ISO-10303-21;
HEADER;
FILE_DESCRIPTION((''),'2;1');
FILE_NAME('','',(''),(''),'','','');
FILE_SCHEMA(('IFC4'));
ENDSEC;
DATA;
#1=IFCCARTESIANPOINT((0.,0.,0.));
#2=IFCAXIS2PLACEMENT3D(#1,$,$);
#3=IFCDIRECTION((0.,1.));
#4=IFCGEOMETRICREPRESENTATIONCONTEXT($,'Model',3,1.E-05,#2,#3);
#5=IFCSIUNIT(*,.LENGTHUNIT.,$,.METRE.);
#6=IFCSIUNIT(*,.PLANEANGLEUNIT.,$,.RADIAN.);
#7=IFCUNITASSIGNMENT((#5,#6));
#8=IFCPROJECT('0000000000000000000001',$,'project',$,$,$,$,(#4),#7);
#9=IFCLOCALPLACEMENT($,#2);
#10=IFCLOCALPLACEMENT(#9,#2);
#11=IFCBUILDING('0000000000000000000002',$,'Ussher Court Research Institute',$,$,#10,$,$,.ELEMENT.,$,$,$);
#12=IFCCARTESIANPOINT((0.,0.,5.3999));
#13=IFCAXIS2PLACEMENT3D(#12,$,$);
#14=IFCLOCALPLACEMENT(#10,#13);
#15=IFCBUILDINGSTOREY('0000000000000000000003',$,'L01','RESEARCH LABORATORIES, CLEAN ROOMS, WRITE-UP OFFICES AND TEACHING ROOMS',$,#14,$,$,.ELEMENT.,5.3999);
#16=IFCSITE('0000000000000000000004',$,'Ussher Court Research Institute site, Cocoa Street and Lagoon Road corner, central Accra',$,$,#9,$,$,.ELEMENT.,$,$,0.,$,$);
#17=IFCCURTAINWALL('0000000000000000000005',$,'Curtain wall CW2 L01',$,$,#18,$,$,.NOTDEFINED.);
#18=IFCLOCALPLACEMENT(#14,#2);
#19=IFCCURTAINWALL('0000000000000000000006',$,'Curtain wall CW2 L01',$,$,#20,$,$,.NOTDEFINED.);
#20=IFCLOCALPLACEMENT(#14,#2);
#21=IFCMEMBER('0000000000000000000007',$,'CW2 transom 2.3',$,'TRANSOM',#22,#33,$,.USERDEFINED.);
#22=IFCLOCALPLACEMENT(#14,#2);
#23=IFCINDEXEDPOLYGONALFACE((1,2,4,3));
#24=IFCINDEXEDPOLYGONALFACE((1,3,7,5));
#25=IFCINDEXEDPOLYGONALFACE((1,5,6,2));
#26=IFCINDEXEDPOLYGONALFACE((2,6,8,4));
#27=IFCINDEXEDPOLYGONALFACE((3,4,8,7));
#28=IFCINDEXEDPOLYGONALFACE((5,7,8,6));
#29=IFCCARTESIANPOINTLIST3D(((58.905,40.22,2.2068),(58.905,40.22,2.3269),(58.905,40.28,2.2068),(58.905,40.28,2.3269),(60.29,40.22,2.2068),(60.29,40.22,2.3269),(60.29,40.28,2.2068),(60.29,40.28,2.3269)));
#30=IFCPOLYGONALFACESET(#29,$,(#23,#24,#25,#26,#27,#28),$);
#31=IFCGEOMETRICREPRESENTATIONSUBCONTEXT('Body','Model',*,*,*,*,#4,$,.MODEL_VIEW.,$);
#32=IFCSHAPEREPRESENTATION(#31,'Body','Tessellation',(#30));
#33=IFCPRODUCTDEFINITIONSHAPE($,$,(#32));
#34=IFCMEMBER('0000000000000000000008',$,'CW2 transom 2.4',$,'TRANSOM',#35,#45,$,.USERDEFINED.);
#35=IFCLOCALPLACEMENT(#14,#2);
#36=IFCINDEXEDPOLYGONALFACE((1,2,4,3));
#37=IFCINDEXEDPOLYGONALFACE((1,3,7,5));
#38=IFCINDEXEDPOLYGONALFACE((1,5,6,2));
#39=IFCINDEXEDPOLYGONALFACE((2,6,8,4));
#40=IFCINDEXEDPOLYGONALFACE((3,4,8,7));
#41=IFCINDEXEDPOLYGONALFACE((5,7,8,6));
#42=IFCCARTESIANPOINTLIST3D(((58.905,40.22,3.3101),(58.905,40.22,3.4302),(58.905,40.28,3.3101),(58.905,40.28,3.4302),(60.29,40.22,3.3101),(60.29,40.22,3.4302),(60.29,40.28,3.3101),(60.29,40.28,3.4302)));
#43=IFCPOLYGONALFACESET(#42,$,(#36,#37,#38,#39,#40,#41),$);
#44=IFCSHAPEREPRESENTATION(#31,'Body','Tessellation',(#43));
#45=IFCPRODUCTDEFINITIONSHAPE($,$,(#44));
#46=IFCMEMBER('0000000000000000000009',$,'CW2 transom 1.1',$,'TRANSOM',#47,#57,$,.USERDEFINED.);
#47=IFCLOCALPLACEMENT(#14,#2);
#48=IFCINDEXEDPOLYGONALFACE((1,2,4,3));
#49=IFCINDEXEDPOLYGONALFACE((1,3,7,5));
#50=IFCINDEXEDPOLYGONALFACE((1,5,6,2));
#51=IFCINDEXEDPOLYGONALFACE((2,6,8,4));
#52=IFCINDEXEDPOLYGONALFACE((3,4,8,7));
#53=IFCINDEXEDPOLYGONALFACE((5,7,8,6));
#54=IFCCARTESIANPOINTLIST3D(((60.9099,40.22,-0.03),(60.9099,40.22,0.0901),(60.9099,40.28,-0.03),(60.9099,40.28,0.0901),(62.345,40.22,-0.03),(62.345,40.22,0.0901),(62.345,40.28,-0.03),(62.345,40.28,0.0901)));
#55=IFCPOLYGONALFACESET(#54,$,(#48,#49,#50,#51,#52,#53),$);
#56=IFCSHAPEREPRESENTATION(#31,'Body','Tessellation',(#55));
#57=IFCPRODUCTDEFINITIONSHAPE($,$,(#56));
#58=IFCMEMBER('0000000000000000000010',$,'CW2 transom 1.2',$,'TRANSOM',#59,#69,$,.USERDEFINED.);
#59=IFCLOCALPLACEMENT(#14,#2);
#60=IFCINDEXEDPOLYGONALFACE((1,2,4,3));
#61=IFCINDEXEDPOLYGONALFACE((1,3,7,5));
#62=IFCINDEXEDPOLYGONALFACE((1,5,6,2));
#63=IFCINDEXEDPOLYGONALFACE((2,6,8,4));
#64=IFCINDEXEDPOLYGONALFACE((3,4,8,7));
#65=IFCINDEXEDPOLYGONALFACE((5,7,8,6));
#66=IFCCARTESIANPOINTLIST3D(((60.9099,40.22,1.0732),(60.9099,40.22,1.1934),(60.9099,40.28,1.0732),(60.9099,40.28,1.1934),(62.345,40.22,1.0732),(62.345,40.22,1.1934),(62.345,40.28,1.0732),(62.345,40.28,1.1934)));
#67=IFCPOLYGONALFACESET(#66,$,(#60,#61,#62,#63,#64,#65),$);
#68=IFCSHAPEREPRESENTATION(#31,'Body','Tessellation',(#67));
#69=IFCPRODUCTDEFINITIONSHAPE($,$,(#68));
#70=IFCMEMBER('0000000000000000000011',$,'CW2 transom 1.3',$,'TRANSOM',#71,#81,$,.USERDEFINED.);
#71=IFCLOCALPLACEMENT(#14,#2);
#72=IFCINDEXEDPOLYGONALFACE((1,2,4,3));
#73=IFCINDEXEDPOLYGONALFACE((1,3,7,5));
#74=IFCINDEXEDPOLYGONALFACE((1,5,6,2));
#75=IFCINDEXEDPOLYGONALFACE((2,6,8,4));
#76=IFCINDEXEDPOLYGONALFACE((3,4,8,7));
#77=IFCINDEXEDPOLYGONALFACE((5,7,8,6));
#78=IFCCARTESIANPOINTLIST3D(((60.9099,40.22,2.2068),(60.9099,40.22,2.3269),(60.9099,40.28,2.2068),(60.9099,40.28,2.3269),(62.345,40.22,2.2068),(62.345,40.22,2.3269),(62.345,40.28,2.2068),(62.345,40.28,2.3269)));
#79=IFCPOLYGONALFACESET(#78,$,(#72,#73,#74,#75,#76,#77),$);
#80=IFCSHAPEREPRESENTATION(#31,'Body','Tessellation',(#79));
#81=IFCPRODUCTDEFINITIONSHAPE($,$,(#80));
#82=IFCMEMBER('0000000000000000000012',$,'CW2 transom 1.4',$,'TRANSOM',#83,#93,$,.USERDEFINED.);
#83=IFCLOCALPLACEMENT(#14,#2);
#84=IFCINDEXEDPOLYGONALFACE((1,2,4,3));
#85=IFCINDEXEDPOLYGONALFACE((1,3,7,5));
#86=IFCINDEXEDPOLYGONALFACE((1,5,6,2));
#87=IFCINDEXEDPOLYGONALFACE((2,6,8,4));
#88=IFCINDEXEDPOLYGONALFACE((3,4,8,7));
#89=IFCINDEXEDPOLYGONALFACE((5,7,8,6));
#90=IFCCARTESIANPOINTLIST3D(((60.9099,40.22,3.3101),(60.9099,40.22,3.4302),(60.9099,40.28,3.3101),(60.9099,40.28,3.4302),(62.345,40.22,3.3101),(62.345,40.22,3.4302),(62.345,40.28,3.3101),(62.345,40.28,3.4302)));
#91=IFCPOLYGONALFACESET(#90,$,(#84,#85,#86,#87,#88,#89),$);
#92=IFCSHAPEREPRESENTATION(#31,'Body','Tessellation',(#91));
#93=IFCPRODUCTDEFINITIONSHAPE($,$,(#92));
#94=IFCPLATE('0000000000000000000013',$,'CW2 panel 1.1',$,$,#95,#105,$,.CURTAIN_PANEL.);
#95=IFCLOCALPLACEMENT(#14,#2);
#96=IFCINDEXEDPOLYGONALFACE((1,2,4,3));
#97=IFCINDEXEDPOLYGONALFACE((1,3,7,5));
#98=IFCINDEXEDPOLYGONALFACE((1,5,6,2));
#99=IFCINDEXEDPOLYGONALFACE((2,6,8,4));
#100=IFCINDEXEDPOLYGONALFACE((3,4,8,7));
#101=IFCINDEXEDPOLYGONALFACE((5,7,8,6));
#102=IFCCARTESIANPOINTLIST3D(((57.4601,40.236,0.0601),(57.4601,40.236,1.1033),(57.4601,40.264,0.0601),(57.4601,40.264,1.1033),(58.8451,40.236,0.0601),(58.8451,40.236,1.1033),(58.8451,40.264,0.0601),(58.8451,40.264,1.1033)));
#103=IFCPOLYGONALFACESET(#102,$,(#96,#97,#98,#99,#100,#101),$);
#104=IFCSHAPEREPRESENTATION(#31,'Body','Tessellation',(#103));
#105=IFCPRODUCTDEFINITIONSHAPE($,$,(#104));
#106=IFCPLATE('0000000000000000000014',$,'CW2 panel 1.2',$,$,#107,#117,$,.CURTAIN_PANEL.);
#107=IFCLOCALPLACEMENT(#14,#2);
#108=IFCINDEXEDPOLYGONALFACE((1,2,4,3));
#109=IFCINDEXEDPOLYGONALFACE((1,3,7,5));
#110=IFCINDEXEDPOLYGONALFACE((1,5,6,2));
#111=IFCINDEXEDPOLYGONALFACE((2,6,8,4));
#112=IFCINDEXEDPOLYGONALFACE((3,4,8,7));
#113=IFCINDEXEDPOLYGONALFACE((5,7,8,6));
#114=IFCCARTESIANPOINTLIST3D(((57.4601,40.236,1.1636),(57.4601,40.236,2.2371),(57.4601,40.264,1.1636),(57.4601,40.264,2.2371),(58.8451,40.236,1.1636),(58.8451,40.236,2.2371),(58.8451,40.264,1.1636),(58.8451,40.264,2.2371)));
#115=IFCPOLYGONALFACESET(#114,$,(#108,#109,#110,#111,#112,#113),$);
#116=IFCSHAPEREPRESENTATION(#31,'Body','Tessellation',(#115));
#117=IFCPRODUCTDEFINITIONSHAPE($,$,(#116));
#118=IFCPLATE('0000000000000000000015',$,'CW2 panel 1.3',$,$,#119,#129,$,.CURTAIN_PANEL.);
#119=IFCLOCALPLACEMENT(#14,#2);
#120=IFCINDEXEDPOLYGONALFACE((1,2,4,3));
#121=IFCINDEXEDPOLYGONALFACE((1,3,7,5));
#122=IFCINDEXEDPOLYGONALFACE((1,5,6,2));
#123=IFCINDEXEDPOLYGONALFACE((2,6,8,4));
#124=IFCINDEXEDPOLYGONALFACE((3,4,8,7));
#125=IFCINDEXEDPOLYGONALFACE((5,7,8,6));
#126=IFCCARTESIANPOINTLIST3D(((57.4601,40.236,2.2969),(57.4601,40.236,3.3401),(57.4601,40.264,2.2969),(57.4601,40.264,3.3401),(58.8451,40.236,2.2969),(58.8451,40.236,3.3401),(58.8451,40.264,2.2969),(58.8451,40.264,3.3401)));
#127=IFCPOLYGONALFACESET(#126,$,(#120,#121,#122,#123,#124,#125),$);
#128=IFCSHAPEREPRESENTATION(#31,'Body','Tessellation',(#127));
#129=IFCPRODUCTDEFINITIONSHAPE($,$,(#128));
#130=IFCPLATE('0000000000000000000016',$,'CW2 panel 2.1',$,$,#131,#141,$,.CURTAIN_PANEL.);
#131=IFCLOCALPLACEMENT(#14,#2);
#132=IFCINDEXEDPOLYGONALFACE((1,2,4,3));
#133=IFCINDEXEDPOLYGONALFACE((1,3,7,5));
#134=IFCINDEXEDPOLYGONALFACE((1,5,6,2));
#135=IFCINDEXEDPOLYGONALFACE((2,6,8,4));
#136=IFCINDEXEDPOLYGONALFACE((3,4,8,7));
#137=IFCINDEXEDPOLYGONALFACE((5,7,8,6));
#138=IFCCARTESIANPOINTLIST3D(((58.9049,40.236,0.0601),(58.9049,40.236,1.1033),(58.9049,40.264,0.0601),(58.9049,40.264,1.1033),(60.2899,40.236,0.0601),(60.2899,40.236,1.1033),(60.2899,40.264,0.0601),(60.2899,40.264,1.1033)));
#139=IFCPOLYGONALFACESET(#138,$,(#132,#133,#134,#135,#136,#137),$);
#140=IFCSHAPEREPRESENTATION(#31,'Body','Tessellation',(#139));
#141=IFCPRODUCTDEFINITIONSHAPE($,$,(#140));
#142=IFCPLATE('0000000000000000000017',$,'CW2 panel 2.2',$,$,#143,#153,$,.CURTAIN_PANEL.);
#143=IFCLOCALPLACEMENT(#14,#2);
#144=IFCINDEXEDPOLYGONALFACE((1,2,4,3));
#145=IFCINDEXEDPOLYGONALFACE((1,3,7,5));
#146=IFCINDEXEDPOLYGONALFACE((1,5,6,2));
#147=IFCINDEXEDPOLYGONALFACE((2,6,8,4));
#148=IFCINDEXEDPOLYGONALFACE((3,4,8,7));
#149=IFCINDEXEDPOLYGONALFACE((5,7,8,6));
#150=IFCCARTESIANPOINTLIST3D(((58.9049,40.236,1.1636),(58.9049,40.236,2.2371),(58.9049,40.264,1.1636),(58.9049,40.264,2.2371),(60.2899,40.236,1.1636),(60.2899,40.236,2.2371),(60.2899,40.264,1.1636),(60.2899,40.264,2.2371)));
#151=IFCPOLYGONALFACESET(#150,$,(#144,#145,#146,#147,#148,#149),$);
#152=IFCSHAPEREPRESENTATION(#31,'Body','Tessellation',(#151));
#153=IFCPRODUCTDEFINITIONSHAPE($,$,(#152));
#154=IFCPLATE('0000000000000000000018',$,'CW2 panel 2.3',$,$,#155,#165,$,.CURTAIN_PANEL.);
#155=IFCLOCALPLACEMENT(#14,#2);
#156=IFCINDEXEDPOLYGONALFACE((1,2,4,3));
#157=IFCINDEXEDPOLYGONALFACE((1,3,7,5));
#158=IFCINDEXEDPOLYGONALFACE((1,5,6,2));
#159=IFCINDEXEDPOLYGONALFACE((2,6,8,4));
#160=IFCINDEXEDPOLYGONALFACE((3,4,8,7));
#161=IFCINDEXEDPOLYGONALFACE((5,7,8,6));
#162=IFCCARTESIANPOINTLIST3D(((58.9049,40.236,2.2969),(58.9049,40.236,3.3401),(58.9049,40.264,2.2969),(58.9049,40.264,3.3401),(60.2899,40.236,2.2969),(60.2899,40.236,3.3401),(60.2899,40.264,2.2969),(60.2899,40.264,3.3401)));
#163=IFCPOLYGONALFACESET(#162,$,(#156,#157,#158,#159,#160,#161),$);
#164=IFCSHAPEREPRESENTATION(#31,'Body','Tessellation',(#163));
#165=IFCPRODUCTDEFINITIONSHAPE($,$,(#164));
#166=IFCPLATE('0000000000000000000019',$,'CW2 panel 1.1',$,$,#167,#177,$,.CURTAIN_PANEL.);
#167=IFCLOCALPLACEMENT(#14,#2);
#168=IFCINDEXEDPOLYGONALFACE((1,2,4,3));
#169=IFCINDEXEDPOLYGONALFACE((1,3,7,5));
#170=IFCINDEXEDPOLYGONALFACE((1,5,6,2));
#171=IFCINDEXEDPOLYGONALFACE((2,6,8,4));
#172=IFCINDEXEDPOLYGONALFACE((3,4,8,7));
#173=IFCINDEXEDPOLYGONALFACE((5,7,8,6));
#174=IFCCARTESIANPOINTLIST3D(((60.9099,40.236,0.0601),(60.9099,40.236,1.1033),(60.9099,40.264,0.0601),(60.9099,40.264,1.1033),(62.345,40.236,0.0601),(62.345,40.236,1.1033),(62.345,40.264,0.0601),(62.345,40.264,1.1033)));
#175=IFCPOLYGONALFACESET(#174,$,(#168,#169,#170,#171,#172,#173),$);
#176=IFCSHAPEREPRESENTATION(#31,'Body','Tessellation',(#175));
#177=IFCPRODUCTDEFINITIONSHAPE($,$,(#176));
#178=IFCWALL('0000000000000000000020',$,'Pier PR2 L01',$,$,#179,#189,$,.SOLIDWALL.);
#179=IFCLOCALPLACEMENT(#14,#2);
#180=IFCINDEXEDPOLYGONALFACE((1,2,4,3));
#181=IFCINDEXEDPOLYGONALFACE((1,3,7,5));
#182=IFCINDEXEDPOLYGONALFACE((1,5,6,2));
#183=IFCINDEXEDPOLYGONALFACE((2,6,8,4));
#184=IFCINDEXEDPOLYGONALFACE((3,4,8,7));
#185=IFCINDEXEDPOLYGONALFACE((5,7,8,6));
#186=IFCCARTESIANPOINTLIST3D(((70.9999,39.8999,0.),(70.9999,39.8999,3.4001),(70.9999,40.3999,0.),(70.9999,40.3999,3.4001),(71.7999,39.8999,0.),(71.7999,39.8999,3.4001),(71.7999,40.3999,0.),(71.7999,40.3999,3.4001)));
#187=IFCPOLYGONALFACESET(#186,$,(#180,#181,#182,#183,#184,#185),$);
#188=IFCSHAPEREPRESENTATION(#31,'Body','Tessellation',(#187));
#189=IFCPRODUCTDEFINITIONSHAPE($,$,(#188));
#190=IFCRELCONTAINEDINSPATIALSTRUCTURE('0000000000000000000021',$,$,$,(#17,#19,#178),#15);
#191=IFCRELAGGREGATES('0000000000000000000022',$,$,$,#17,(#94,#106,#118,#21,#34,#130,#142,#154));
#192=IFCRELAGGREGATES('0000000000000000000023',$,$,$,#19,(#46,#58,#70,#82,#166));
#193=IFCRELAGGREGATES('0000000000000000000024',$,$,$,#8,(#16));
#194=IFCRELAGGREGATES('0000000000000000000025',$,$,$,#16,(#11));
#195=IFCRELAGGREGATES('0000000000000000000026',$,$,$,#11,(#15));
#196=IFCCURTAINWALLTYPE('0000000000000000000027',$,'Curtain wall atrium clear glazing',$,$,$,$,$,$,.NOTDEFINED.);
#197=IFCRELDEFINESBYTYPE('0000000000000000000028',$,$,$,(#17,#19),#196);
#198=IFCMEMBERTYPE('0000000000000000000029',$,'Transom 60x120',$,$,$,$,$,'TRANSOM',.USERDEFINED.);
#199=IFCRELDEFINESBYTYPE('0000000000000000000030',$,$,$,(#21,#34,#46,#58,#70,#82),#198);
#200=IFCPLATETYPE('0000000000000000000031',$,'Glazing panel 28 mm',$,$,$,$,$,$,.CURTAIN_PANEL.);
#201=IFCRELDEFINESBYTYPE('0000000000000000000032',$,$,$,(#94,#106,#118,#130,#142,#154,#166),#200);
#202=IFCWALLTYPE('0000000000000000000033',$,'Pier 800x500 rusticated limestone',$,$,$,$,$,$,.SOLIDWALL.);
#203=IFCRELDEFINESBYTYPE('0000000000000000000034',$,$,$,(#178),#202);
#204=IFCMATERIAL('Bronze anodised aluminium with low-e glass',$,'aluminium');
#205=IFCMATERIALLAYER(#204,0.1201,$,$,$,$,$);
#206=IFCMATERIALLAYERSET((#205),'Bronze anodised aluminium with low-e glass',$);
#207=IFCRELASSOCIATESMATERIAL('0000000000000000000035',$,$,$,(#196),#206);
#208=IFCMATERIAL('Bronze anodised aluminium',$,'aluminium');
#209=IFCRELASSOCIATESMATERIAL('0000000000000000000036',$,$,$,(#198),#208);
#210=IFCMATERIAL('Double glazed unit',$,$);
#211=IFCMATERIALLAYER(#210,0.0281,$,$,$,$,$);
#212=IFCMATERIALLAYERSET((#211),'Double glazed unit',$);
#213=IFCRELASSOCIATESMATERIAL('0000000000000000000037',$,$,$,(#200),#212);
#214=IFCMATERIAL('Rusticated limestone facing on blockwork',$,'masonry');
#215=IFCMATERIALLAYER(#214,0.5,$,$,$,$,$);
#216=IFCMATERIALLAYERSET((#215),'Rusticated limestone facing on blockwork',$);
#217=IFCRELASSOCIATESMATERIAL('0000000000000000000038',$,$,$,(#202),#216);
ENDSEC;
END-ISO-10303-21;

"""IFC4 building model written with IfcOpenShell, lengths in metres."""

from ifc_helpers import new_model, si_unit, direction, frame, frame_2d, origin, origin_2d, place, context, subcontext, project, spatial, rectangle, extrude, material, layer, layer_set, material_profile, profile_set, type_object, element, aggregate, save


model = new_model("IFC4")

# Units and contexts
model_context = context("Model", 3, precision=1e-05, world=origin(), true_north=direction((0.0, 1.0)))
body_context = subcontext(model_context, "Body", "Model", "MODEL_VIEW")
ifc_project = project(units=[si_unit("LENGTHUNIT", "METRE"), si_unit("PLANEANGLEUNIT", "RADIAN")], contexts=[model_context])

# Site, building, storey
site_placement = place(None, origin())
site = spatial("IfcSite", under=ifc_project, at=site_placement, Name="Ussher Court Research Institute site, Cocoa Street and Lagoon Road corner, central Accra", CompositionType="ELEMENT", RefElevation=0.0)
building_placement = place(site_placement, origin())
building = spatial("IfcBuilding", under=site, at=building_placement, Name="Ussher Court Research Institute", CompositionType="ELEMENT")
storey_placement = place(building_placement, frame((0.0, 0.0, 5.3999)))
storey = spatial("IfcBuildingStorey", under=building, at=storey_placement, Name="L01", Description="RESEARCH LABORATORIES, CLEAN ROOMS, WRITE-UP OFFICES AND TEACHING ROOMS", CompositionType="ELEMENT", Elevation=5.3999)

# Curtain wall
ifc_material_1 = material(Name="Bronze anodised aluminium with low-e glass", Category="aluminium")
ifc_layer_1 = layer(ifc_material_1, 0.1201)
ifc_layer_set_1 = layer_set([ifc_layer_1], Name="Bronze anodised aluminium with low-e glass")
curtain_wall_type = type_object("IfcCurtainWallType", Name="Curtain wall atrium clear glazing", PredefinedType="NOTDEFINED", material=ifc_layer_set_1)
curtain_wall_1_placement = place(storey_placement, origin())
curtain_wall_1 = element("IfcCurtainWall", 1, at=curtain_wall_1_placement, inside=storey, type_object=curtain_wall_type, Name="Curtain wall CW2 L01", PredefinedType="NOTDEFINED")

# Curtain wall
curtain_wall_2_placement = place(storey_placement, origin())
curtain_wall_2 = element("IfcCurtainWall", 2, at=curtain_wall_2_placement, inside=storey, type_object=curtain_wall_type, Name="Curtain wall CW2 L01", PredefinedType="NOTDEFINED")

# Members
ifc_material_2 = material(Name="Bronze anodised aluminium", Category="aluminium")
ifc_material_profile_1 = material_profile(ifc_material_2, rectangle(XDim=0.0601, YDim=0.1201, at=origin_2d()), Name="Transom 60x120")
ifc_profile_set_1 = profile_set([ifc_material_profile_1], Name="Bronze anodised aluminium")
member_type_1 = type_object("IfcMemberType", Name="Transom 60x120", ElementType="TRANSOM", PredefinedType="USERDEFINED", material=ifc_profile_set_1)
member_1_placement = place(storey_placement, frame((58.905, 40.25, 2.2668), z_axis=(1.0, 0.0, 0.0), x_axis=(0.0, 1.0, 0.0)))
member_1 = element("IfcMember", 3, at=member_1_placement, type_object=member_type_1, Name="CW2 transom 2.3", ObjectType="TRANSOM", PredefinedType="USERDEFINED", context=body_context, shape_type="SweptSolid", body=[
    extrude(rectangle(XDim=0.0601, YDim=0.1201, at=origin_2d()), origin(), (0.0, 0.0, 1.0), 1.385),
])
member_2_placement = place(storey_placement, frame((58.905, 40.25, 3.3701), z_axis=(1.0, 0.0, 0.0), x_axis=(0.0, 1.0, 0.0)))
member_2 = element("IfcMember", 4, at=member_2_placement, type_object=member_type_1, Name="CW2 transom 2.4", ObjectType="TRANSOM", PredefinedType="USERDEFINED", context=body_context, shape_type="SweptSolid", body=[
    extrude(rectangle(XDim=0.0601, YDim=0.1201, at=origin_2d()), origin(), (0.0, 0.0, 1.0), 1.385),
])
member_3_placement = place(storey_placement, frame((60.9099, 40.25, 0.03), z_axis=(1.0, 0.0, 0.0), x_axis=(0.0, 1.0, 0.0)))
member_3 = element("IfcMember", 5, at=member_3_placement, type_object=member_type_1, Name="CW2 transom 1.1", ObjectType="TRANSOM", PredefinedType="USERDEFINED", context=body_context, shape_type="SweptSolid", body=[
    extrude(rectangle(XDim=0.0601, YDim=0.1201, at=origin_2d()), origin(), (0.0, 0.0, 1.0), 1.4351),
])
member_4_placement = place(storey_placement, frame((60.9099, 40.25, 1.1333), z_axis=(1.0, 0.0, 0.0), x_axis=(0.0, 1.0, 0.0)))
member_4 = element("IfcMember", 6, at=member_4_placement, type_object=member_type_1, Name="CW2 transom 1.2", ObjectType="TRANSOM", PredefinedType="USERDEFINED", context=body_context, shape_type="SweptSolid", body=[
    extrude(rectangle(XDim=0.0601, YDim=0.1201, at=origin_2d()), origin(), (0.0, 0.0, 1.0), 1.4351),
])
member_5_placement = place(storey_placement, frame((60.9099, 40.25, 2.2668), z_axis=(1.0, 0.0, 0.0), x_axis=(0.0, 1.0, 0.0)))
member_5 = element("IfcMember", 7, at=member_5_placement, type_object=member_type_1, Name="CW2 transom 1.3", ObjectType="TRANSOM", PredefinedType="USERDEFINED", context=body_context, shape_type="SweptSolid", body=[
    extrude(rectangle(XDim=0.0601, YDim=0.1201, at=origin_2d()), origin(), (0.0, 0.0, 1.0), 1.4351),
])
member_6_placement = place(storey_placement, frame((60.9099, 40.25, 3.3701), z_axis=(1.0, 0.0, 0.0), x_axis=(0.0, 1.0, 0.0)))
member_6 = element("IfcMember", 8, at=member_6_placement, type_object=member_type_1, Name="CW2 transom 1.4", ObjectType="TRANSOM", PredefinedType="USERDEFINED", context=body_context, shape_type="SweptSolid", body=[
    extrude(rectangle(XDim=0.0601, YDim=0.1201, at=origin_2d()), origin(), (0.0, 0.0, 1.0), 1.4351),
])

# Plates
ifc_material_3 = material(Name="Double glazed unit")
ifc_layer_2 = layer(ifc_material_3, 0.0281)
ifc_layer_set_2 = layer_set([ifc_layer_2], Name="Double glazed unit")
plate_type = type_object("IfcPlateType", Name="Glazing panel 28 mm", PredefinedType="CURTAIN_PANEL", material=ifc_layer_set_2)
plate_1_placement = place(storey_placement, frame((58.1526, 40.25, 0.0601), z_axis=(0.0, 0.0, 1.0), x_axis=(1.0, 0.0, 0.0)))
plate_1 = element("IfcPlate", 9, at=plate_1_placement, type_object=plate_type, Name="CW2 panel 1.1", PredefinedType="CURTAIN_PANEL", context=body_context, shape_type="SweptSolid", body=[
    extrude(rectangle(XDim=1.385, YDim=0.0281, at=origin_2d()), origin(), (0.0, 0.0, 1.0), 1.0432),
])
plate_2_placement = place(storey_placement, frame((58.1526, 40.25, 1.1636), z_axis=(0.0, 0.0, 1.0), x_axis=(1.0, 0.0, 0.0)))
plate_2 = element("IfcPlate", 10, at=plate_2_placement, type_object=plate_type, Name="CW2 panel 1.2", PredefinedType="CURTAIN_PANEL", context=body_context, shape_type="SweptSolid", body=[
    extrude(rectangle(XDim=1.385, YDim=0.0281, at=origin_2d()), origin(), (0.0, 0.0, 1.0), 1.0735),
])
plate_3_placement = place(storey_placement, frame((58.1526, 40.25, 2.2969), z_axis=(0.0, 0.0, 1.0), x_axis=(1.0, 0.0, 0.0)))
plate_3 = element("IfcPlate", 11, at=plate_3_placement, type_object=plate_type, Name="CW2 panel 1.3", PredefinedType="CURTAIN_PANEL", context=body_context, shape_type="SweptSolid", body=[
    extrude(rectangle(XDim=1.385, YDim=0.0281, at=origin_2d()), origin(), (0.0, 0.0, 1.0), 1.0432),
])
plate_4_placement = place(storey_placement, frame((59.5974, 40.25, 0.0601), z_axis=(0.0, 0.0, 1.0), x_axis=(1.0, 0.0, 0.0)))
plate_4 = element("IfcPlate", 12, at=plate_4_placement, type_object=plate_type, Name="CW2 panel 2.1", PredefinedType="CURTAIN_PANEL", context=body_context, shape_type="SweptSolid", body=[
    extrude(rectangle(XDim=1.385, YDim=0.0281, at=origin_2d()), origin(), (0.0, 0.0, 1.0), 1.0432),
])
plate_5_placement = place(storey_placement, frame((59.5974, 40.25, 1.1636), z_axis=(0.0, 0.0, 1.0), x_axis=(1.0, 0.0, 0.0)))
plate_5 = element("IfcPlate", 13, at=plate_5_placement, type_object=plate_type, Name="CW2 panel 2.2", PredefinedType="CURTAIN_PANEL", context=body_context, shape_type="SweptSolid", body=[
    extrude(rectangle(XDim=1.385, YDim=0.0281, at=origin_2d()), origin(), (0.0, 0.0, 1.0), 1.0735),
])
plate_6_placement = place(storey_placement, frame((59.5974, 40.25, 2.2969), z_axis=(0.0, 0.0, 1.0), x_axis=(1.0, 0.0, 0.0)))
plate_6 = element("IfcPlate", 14, at=plate_6_placement, type_object=plate_type, Name="CW2 panel 2.3", PredefinedType="CURTAIN_PANEL", context=body_context, shape_type="SweptSolid", body=[
    extrude(rectangle(XDim=1.385, YDim=0.0281, at=origin_2d()), origin(), (0.0, 0.0, 1.0), 1.0432),
])
aggregate(curtain_wall_1, [plate_1, plate_2, plate_3, member_1, member_2, plate_4, plate_5, plate_6])
plate_7_placement = place(storey_placement, frame((61.6274, 40.25, 0.0601), z_axis=(0.0, 0.0, 1.0), x_axis=(1.0, 0.0, 0.0)))
plate_7 = element("IfcPlate", 15, at=plate_7_placement, type_object=plate_type, Name="CW2 panel 1.1", PredefinedType="CURTAIN_PANEL", context=body_context, shape_type="SweptSolid", body=[
    extrude(rectangle(XDim=1.4351, YDim=0.0281, at=origin_2d()), origin(), (0.0, 0.0, 1.0), 1.0432),
])
aggregate(curtain_wall_2, [member_3, member_4, member_5, member_6, plate_7])

# Wall
ifc_material_4 = material(Name="Rusticated limestone facing on blockwork", Category="masonry")
ifc_layer_3 = layer(ifc_material_4, 0.5)
ifc_layer_set_3 = layer_set([ifc_layer_3], Name="Rusticated limestone facing on blockwork")
wall_type = type_object("IfcWallType", Name="Pier 800x500 rusticated limestone", PredefinedType="SOLIDWALL", material=ifc_layer_set_3)
wall_placement = place(storey_placement, frame((71.0, 40.1499, 0.0), z_axis=(0.0, 0.0, 1.0), x_axis=(1.0, 0.0, 0.0)))
element("IfcWall", 16, at=wall_placement, inside=storey, type_object=wall_type, Name="Pier PR2 L01", PredefinedType="SOLIDWALL", context=body_context, shape_type="SweptSolid", body=[
    extrude(rectangle(XDim=0.8, YDim=0.5, at=frame_2d((0.3999, 0.0))), origin(), (0.0, 0.0, 1.0), 3.4001),
])

save(model, "model.ifc")
